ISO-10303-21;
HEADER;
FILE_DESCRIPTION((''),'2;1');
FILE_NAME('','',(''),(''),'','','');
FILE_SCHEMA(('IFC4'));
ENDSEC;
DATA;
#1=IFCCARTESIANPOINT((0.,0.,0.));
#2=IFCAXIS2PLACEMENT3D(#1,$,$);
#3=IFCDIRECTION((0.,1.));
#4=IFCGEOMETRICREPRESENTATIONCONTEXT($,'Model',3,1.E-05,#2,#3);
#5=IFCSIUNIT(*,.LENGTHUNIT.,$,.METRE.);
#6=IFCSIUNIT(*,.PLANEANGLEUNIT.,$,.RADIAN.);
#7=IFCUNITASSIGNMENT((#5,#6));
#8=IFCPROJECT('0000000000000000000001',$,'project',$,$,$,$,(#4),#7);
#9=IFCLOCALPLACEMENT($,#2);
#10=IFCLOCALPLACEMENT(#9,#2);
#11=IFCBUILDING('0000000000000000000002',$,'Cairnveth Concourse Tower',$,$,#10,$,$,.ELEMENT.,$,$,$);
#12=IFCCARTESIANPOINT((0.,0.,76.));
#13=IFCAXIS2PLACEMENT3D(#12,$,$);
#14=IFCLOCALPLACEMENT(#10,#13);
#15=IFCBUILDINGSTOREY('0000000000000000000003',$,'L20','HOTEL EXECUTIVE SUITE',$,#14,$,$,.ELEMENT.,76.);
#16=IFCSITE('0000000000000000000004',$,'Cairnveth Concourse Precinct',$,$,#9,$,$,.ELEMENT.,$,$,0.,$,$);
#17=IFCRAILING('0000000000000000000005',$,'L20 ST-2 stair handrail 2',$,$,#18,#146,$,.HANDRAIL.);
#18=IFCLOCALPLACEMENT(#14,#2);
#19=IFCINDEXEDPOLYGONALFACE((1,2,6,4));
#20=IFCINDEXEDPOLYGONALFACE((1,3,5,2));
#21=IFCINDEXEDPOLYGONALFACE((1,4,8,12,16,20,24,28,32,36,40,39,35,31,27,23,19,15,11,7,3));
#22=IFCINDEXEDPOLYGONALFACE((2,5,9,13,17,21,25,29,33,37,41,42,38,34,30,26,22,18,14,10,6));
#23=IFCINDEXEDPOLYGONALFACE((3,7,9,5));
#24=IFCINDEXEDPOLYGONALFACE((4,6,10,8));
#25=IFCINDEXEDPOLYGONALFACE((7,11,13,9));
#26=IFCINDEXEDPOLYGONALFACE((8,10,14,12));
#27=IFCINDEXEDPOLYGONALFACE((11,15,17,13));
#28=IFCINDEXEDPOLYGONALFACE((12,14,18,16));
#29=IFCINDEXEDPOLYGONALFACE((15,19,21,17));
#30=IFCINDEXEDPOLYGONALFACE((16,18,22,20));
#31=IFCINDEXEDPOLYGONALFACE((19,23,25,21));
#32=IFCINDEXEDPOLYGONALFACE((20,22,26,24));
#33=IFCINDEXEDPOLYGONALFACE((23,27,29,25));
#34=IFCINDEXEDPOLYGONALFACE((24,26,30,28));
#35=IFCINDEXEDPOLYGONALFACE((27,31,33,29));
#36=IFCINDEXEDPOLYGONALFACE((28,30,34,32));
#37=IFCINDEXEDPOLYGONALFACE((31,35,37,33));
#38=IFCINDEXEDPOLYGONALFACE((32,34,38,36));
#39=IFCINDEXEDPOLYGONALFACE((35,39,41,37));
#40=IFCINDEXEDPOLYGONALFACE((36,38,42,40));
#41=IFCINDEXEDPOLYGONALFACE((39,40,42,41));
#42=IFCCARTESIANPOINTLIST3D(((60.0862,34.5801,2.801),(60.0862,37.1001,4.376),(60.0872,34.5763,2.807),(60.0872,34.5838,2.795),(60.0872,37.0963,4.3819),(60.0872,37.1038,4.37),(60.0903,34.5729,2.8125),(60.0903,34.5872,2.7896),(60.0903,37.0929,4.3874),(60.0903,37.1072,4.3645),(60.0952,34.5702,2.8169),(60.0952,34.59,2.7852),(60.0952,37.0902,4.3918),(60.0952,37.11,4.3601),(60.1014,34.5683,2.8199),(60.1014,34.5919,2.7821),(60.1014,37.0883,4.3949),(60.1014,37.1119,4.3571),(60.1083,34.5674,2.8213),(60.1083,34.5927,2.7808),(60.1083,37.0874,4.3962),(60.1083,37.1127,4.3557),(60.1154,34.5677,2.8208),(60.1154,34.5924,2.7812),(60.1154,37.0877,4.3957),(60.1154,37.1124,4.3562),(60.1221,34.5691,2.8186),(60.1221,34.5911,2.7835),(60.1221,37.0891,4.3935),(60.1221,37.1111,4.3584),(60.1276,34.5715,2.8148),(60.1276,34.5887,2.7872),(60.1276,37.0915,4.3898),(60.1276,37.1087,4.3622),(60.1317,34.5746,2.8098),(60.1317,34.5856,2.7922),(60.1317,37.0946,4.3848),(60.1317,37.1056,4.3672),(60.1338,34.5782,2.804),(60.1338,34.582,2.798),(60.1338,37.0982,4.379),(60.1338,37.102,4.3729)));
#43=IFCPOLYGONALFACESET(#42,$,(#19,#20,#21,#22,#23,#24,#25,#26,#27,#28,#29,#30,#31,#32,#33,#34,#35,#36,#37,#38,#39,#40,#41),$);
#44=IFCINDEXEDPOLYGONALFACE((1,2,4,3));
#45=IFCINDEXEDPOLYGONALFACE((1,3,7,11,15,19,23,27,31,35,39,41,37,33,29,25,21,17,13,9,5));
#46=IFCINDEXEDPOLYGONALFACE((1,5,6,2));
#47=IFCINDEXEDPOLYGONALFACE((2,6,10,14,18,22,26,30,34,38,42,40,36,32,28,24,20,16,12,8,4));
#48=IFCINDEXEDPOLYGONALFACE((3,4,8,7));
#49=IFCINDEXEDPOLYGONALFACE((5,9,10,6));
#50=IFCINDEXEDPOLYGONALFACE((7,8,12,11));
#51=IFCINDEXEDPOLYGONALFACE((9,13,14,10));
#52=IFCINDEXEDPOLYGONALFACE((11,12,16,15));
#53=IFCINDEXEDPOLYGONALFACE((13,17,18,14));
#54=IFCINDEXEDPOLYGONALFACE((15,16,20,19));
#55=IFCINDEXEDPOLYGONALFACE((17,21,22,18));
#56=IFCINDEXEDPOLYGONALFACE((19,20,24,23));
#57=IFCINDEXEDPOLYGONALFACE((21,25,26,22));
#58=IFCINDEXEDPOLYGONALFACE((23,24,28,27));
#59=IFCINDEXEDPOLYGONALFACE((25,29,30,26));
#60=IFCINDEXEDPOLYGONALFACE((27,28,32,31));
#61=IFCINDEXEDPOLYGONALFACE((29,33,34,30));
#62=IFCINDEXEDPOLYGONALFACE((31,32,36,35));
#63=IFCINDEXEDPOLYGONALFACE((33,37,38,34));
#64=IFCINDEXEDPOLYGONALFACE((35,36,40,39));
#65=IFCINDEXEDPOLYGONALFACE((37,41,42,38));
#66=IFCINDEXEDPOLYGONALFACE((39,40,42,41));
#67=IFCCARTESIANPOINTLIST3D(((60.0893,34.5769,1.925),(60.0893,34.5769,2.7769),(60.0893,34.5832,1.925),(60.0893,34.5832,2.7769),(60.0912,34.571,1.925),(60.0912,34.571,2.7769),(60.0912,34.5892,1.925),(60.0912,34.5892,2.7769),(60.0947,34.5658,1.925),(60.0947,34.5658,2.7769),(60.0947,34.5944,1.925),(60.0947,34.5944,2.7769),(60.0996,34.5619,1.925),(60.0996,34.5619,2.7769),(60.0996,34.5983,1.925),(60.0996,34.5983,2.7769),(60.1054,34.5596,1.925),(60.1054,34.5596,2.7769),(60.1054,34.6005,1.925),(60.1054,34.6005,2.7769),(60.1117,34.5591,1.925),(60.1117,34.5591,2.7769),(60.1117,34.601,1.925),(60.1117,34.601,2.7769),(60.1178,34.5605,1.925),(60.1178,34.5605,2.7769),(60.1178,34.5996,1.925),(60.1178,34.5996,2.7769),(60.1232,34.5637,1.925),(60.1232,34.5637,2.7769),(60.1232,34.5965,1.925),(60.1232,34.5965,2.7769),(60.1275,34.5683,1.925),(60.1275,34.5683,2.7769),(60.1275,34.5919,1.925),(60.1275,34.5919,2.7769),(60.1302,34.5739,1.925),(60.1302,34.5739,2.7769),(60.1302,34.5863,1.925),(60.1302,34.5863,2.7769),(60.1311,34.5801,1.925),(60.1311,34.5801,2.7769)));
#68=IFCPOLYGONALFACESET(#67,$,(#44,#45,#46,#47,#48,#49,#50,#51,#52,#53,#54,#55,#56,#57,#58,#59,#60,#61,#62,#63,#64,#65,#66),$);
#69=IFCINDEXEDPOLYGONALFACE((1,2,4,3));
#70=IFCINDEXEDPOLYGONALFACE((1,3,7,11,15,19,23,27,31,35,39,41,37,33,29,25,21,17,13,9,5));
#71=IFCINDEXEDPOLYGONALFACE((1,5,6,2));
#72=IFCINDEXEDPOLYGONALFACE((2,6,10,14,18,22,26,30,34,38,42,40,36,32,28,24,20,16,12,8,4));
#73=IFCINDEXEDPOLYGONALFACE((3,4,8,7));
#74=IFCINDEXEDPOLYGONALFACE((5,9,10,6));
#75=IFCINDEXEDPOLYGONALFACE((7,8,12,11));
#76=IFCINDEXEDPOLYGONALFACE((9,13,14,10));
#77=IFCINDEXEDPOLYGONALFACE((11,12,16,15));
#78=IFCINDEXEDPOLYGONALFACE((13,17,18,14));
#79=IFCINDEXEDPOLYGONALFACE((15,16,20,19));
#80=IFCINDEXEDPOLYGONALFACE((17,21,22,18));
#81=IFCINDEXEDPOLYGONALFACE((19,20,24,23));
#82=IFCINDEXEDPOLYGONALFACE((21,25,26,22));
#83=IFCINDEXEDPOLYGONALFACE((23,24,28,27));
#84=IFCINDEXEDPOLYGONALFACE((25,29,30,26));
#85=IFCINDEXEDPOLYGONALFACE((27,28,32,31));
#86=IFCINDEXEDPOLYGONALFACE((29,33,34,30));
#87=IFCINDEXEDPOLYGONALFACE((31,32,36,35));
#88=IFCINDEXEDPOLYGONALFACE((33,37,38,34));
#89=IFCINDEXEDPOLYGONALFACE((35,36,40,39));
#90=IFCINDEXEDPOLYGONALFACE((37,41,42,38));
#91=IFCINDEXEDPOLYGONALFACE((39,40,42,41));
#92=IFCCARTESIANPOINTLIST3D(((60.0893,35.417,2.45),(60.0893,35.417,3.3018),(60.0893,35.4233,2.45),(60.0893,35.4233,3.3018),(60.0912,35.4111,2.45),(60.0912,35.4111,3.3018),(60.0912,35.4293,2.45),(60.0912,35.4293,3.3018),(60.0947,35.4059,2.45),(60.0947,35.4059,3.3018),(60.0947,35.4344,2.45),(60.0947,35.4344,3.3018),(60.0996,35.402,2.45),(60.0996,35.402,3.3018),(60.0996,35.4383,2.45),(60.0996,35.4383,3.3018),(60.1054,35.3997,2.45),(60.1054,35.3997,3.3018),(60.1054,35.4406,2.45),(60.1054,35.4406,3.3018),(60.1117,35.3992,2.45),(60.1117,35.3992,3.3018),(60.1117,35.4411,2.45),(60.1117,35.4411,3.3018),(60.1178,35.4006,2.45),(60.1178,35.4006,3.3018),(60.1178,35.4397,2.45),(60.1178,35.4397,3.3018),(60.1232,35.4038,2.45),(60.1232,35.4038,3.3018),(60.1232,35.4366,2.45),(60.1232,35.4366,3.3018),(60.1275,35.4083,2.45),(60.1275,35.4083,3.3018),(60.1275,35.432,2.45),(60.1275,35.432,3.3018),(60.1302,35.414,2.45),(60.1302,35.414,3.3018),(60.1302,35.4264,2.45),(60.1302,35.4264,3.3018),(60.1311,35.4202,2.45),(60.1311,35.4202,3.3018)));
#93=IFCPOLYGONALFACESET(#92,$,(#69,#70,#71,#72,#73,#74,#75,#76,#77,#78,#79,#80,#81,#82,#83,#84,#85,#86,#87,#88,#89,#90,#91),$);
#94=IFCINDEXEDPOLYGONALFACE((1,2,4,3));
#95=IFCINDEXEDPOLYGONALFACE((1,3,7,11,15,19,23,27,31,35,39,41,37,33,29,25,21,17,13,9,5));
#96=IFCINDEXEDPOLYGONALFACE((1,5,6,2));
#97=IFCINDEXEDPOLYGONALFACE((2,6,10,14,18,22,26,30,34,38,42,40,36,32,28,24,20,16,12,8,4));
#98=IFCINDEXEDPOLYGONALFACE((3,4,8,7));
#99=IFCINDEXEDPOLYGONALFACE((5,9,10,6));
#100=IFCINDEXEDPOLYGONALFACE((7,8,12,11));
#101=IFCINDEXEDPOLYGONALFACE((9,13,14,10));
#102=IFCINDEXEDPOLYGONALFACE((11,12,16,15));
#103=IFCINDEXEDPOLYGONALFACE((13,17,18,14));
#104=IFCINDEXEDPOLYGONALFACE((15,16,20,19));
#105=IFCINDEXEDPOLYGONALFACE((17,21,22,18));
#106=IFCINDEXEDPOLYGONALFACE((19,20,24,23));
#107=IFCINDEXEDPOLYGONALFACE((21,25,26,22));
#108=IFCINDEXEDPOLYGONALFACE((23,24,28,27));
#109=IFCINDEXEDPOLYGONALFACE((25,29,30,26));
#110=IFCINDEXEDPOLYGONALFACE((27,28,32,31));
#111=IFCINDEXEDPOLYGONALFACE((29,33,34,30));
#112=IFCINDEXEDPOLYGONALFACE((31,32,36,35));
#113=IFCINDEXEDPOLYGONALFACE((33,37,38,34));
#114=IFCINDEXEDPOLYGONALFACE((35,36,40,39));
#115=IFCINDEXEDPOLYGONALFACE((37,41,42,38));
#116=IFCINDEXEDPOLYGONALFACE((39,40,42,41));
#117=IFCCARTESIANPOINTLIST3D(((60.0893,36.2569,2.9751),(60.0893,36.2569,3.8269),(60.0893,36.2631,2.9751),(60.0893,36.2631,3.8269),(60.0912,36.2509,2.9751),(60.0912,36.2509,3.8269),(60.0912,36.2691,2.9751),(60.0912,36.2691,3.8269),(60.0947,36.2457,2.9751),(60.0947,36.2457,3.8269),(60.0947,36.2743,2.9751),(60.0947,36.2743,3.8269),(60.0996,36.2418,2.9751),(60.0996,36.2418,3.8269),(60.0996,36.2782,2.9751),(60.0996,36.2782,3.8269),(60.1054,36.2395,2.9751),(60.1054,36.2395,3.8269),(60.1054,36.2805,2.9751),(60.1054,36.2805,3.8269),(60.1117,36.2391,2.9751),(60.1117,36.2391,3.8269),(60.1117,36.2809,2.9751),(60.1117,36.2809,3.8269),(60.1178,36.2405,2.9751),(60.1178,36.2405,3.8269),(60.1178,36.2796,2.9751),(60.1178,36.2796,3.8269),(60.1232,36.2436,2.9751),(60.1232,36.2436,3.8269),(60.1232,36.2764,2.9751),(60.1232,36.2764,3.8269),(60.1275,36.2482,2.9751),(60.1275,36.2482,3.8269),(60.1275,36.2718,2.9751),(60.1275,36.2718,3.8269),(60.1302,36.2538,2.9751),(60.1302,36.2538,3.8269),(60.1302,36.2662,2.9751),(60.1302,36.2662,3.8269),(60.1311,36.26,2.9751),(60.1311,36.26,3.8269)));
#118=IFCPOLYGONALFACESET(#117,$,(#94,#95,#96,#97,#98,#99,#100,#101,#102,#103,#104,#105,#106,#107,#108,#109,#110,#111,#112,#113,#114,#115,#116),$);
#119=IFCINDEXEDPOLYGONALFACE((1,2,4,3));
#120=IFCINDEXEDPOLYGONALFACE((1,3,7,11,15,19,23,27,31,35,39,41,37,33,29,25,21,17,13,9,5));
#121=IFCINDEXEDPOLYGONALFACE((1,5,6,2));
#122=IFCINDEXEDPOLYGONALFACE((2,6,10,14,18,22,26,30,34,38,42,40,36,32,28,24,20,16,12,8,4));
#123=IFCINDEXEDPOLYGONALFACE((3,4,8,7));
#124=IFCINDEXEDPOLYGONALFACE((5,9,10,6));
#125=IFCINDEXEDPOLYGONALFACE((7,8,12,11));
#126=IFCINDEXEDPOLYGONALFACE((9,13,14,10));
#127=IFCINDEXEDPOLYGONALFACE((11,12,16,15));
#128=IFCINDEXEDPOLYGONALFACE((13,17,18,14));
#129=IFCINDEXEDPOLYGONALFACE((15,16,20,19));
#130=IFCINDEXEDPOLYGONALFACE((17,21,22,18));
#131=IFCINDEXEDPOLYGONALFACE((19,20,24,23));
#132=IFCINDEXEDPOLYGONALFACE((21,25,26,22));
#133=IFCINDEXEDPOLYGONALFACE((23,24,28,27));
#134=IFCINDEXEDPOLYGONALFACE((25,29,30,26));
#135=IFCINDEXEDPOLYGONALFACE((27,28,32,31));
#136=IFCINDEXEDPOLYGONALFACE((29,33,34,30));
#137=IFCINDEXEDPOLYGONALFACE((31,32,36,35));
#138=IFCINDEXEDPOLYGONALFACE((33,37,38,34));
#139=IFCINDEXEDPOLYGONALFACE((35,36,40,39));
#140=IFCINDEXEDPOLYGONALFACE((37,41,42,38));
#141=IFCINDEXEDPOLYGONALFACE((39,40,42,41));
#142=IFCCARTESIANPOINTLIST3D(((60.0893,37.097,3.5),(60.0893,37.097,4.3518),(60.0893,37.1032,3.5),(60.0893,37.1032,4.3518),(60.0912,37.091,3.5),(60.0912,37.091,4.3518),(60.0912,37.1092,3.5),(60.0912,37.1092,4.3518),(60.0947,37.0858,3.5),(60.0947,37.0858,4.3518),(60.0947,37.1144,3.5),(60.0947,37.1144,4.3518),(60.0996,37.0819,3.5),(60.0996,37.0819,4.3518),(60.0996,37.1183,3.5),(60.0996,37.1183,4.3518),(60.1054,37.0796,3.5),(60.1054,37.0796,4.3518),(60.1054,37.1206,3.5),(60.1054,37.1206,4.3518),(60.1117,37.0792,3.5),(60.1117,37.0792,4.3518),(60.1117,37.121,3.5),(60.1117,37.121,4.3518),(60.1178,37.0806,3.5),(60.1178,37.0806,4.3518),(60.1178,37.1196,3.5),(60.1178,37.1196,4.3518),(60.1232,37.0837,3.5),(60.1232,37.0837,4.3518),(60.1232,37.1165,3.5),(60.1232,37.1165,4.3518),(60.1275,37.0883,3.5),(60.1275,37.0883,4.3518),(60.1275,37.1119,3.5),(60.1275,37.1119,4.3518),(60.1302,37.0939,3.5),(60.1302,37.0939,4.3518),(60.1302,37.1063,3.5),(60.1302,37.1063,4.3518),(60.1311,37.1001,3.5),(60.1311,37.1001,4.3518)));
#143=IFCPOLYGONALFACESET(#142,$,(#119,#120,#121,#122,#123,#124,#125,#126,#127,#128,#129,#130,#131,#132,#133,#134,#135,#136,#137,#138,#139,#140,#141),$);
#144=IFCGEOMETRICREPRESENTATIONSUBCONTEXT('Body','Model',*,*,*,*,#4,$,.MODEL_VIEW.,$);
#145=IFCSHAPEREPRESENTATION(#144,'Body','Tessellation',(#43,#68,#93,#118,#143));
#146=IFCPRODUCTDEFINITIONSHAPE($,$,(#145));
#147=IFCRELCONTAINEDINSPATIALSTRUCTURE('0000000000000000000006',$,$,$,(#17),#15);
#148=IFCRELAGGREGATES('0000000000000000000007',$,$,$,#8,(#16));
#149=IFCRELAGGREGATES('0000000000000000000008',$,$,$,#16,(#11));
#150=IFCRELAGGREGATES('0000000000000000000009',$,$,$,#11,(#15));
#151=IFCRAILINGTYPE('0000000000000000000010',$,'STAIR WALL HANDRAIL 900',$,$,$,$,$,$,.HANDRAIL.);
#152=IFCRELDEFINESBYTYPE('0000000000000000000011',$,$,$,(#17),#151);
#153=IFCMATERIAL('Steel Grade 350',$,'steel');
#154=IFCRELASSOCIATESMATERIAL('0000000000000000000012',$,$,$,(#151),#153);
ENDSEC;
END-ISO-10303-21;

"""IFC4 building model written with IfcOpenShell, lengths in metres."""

from ifc_helpers import new_model, si_unit, direction, frame, origin, origin_2d, place, context, subcontext, project, spatial, circle, extrude, material, type_object, element, save


model = new_model("IFC4")

# Units and contexts
model_context = context("Model", 3, precision=1e-05, world=origin(), true_north=direction((0.0, 1.0)))
body_context = subcontext(model_context, "Body", "Model", "MODEL_VIEW")
ifc_project = project(units=[si_unit("LENGTHUNIT", "METRE"), si_unit("PLANEANGLEUNIT", "RADIAN")], contexts=[model_context])

# Site, building, storey
site_placement = place(None, origin())
site = spatial("IfcSite", under=ifc_project, at=site_placement, Name="Cairnveth Concourse Precinct", CompositionType="ELEMENT", RefElevation=0.0)
building_placement = place(site_placement, origin())
building = spatial("IfcBuilding", under=site, at=building_placement, Name="Cairnveth Concourse Tower", CompositionType="ELEMENT")
storey_placement = place(building_placement, frame((0.0, 0.0, 76.0)))
storey = spatial("IfcBuildingStorey", under=building, at=storey_placement, Name="L20", Description="HOTEL EXECUTIVE SUITE", CompositionType="ELEMENT", Elevation=76.0)

# Shared definitions
ifc_material_1 = material(Name="Steel Grade 350", Category="steel")

# Railing
railing_type_1 = type_object("IfcRailingType", Name="STAIR WALL HANDRAIL 900", PredefinedType="HANDRAIL", material=ifc_material_1)
railing_1_placement = place(storey_placement, frame((60.1101, 34.5801, 1.925)))
element("IfcRailing", 1, at=railing_1_placement, inside=storey, type_object=railing_type_1, Name="L20 ST-2 stair handrail 2", PredefinedType="HANDRAIL", context=body_context, shape_type="SweptSolid", body=[
    extrude(circle(Radius=0.0239, at=origin_2d()), frame((0.0, 0.0, 0.876), z_axis=(0.0, 0.848008, 0.529984), x_axis=(-1.0, 0.0, 0.0)), (0.0, 0.0, 1.0), 2.9717),
    extrude(circle(Radius=0.021, at=origin_2d()), origin(), (0.0, 0.0, 1.0), 0.8518),
    extrude(circle(Radius=0.021, at=origin_2d()), frame((0.0, 0.8401, 0.5249)), (0.0, 0.0, 1.0), 0.8518),
    extrude(circle(Radius=0.021, at=origin_2d()), frame((0.0, 1.6799, 1.05)), (0.0, 0.0, 1.0), 0.8518),
    extrude(circle(Radius=0.021, at=origin_2d()), frame((0.0, 2.52, 1.575)), (0.0, 0.0, 1.0), 0.8518),
])

save(model, "model.ifc")
